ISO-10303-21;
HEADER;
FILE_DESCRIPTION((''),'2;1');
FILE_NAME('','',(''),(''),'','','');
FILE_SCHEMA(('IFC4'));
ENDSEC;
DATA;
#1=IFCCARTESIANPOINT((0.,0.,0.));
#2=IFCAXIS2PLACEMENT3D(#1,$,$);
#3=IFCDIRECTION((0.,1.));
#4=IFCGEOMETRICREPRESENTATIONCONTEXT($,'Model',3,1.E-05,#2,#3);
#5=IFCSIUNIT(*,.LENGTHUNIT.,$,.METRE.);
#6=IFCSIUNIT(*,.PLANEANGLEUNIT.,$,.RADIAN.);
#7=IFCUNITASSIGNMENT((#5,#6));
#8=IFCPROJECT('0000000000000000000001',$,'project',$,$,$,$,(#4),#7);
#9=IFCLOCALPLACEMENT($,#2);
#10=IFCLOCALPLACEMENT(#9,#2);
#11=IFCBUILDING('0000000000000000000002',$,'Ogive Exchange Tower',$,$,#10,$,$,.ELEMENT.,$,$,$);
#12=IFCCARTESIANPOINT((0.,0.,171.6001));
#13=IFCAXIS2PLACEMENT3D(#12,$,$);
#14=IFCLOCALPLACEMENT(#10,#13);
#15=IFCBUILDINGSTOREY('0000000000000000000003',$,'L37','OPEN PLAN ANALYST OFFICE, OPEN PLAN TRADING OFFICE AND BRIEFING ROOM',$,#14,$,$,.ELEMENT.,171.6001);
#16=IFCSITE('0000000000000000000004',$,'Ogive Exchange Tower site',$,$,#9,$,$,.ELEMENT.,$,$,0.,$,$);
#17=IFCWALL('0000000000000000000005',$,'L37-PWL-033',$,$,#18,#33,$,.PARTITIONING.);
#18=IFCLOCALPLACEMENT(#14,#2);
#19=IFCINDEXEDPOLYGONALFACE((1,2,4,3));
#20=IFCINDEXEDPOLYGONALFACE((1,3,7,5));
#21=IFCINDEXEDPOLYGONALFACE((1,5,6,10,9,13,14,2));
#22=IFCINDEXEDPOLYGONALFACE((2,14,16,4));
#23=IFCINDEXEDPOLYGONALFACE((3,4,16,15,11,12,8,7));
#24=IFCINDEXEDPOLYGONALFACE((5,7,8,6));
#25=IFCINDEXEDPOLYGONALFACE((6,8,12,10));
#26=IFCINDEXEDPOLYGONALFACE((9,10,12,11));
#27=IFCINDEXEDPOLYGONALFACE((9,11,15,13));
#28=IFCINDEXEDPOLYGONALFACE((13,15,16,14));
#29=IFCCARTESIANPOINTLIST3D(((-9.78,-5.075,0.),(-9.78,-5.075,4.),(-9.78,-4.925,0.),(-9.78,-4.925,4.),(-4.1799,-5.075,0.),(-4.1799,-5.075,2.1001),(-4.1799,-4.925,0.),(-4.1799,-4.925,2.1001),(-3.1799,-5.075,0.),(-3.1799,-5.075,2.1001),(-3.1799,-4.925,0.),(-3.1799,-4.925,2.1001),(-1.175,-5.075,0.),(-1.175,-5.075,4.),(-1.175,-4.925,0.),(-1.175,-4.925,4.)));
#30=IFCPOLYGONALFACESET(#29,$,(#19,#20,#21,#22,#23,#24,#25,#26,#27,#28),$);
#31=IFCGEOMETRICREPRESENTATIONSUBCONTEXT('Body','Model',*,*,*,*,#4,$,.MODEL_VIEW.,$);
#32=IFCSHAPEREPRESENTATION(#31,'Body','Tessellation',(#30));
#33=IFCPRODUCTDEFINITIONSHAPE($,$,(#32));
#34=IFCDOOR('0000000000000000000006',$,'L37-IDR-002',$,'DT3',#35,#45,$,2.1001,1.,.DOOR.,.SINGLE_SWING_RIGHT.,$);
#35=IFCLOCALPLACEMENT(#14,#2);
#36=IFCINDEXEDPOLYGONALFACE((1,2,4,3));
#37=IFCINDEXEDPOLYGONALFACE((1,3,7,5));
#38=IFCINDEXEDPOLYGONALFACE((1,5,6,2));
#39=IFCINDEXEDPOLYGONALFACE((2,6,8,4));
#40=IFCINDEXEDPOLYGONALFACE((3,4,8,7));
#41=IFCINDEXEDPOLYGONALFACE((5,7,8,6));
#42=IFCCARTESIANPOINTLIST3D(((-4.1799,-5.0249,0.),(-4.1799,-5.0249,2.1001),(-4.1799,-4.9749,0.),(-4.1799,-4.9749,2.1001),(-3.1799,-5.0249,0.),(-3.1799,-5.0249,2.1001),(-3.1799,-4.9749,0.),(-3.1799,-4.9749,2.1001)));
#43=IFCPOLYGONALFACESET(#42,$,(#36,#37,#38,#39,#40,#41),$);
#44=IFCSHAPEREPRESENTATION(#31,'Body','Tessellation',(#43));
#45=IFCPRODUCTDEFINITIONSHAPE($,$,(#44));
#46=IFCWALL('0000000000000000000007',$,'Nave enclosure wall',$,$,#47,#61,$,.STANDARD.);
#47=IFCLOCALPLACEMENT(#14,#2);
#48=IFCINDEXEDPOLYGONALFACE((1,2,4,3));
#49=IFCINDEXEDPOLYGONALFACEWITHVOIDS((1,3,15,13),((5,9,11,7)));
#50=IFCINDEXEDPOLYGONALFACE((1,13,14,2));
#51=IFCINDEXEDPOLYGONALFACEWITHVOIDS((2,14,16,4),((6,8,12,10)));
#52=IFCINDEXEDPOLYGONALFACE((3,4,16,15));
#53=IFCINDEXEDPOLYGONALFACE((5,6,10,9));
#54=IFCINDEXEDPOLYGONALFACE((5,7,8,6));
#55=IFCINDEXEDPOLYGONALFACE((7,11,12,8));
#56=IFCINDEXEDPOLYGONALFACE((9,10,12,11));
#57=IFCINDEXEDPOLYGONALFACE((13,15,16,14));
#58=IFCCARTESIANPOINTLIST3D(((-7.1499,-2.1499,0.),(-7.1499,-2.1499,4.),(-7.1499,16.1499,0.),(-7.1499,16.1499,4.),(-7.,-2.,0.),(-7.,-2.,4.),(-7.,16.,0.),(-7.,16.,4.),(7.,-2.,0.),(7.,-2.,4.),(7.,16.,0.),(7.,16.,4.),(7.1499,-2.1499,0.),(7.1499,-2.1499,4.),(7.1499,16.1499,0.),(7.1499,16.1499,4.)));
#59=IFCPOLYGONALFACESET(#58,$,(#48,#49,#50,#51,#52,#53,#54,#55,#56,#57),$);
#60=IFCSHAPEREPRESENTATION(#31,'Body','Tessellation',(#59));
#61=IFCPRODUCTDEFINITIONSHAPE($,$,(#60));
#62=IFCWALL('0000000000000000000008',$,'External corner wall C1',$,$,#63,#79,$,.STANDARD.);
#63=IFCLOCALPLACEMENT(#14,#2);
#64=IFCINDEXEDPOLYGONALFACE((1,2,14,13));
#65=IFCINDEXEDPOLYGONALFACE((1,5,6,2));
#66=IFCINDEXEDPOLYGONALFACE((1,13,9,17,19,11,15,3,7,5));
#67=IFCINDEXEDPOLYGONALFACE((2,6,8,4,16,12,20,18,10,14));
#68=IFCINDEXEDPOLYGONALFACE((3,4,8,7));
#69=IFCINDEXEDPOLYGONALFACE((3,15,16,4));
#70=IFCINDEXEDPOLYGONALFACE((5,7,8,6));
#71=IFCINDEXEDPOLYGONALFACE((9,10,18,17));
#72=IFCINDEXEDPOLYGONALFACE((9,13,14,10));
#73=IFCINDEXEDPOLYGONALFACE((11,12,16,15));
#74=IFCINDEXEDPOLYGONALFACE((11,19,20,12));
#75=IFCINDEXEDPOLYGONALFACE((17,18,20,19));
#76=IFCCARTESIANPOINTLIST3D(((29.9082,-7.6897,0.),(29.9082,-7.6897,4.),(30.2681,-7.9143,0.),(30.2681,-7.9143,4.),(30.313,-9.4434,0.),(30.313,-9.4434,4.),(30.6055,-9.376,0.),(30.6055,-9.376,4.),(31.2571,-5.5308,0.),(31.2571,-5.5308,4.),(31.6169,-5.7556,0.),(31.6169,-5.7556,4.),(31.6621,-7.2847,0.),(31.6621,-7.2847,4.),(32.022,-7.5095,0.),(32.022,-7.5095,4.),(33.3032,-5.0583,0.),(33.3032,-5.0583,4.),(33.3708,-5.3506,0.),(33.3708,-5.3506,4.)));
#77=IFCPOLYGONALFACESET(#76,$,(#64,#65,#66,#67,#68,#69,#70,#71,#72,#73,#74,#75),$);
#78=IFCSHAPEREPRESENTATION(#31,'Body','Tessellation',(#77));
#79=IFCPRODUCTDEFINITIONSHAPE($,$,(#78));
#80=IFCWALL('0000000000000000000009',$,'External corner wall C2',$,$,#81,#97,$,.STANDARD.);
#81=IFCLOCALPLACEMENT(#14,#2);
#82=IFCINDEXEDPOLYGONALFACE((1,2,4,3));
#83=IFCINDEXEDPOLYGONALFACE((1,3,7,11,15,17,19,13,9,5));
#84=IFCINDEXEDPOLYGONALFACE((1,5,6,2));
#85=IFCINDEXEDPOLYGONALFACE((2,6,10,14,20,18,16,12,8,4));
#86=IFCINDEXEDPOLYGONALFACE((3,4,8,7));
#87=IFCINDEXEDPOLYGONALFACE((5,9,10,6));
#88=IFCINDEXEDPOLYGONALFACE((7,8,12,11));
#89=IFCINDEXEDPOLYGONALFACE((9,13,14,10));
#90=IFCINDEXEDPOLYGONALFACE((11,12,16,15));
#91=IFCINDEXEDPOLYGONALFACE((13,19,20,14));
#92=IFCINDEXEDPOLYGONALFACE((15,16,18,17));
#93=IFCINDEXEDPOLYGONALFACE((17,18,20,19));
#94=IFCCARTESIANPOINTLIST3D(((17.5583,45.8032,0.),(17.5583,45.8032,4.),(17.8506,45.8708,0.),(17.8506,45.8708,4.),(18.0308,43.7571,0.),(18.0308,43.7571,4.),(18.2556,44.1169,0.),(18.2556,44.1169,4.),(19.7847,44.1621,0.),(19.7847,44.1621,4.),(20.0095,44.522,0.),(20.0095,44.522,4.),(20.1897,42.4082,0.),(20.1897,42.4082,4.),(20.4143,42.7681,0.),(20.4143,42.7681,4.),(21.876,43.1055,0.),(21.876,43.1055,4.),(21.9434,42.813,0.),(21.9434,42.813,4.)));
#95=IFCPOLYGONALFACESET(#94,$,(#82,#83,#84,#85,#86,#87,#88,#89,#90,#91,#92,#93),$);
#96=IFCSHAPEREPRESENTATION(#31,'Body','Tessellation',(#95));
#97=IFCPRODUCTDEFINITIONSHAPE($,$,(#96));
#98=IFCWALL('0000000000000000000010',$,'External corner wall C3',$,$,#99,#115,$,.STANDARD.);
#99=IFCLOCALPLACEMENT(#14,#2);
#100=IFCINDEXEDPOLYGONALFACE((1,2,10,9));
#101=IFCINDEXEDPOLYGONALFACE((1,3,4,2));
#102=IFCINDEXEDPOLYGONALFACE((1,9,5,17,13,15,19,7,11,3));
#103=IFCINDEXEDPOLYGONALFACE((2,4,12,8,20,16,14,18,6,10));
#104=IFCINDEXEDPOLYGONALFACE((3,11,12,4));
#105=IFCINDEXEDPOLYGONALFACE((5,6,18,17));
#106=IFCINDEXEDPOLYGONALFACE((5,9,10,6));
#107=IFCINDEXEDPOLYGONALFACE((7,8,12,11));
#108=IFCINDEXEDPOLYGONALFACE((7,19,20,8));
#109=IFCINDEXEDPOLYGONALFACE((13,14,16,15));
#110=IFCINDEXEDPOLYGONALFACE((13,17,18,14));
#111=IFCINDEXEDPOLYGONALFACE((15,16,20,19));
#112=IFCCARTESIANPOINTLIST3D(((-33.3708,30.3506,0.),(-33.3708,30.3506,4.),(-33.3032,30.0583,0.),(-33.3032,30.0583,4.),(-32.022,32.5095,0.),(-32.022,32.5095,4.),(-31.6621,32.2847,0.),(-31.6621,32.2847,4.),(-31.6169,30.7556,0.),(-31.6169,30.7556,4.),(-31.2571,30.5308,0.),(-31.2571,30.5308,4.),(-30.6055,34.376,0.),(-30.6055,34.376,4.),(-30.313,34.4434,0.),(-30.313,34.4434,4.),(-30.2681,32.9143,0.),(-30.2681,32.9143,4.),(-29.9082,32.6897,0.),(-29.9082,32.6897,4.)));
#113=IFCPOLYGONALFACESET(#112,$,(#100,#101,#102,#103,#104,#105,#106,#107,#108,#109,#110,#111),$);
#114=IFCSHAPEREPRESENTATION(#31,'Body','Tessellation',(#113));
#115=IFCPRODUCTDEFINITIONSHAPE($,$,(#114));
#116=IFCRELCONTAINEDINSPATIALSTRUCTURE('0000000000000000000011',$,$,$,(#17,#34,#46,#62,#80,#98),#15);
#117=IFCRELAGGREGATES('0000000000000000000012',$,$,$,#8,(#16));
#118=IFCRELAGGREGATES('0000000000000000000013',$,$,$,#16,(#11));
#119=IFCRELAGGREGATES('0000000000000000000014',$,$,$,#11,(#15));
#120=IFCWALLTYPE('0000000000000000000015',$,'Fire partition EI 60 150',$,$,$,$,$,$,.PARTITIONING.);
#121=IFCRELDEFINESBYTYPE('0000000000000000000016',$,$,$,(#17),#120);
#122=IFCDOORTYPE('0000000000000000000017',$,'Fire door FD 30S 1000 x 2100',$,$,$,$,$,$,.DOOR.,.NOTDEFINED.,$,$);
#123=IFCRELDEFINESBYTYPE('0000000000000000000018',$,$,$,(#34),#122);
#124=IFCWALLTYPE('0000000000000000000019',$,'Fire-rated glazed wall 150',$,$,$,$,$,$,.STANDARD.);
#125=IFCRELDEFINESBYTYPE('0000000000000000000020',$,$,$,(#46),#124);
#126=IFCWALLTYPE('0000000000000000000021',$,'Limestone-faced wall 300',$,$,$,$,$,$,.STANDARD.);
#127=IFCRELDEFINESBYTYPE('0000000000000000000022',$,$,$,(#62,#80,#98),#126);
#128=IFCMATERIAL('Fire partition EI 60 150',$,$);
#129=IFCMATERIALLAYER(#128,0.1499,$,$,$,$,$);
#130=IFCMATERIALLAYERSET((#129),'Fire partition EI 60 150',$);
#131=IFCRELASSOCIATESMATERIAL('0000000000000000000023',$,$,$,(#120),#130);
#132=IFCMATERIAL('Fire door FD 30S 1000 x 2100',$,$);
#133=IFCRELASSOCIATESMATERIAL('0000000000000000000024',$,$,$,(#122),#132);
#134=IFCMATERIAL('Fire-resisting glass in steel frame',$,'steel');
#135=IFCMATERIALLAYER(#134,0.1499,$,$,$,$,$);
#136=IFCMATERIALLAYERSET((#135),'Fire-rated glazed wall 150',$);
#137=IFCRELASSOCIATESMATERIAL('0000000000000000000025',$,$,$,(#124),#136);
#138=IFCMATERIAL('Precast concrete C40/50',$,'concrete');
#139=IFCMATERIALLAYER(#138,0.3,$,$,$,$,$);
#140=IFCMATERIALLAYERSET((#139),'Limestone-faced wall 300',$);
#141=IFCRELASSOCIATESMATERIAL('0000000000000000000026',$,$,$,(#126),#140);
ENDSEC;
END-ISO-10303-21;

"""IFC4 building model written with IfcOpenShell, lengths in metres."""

from ifc_helpers import new_model, si_unit, direction, frame, frame_2d, origin, place, context, subcontext, project, spatial, polyline, rectangle, outline, extrude, material, layer, layer_set, type_object, element, fill, save


model = new_model("IFC4")

# Units and contexts
model_context = context("Model", 3, precision=1e-05, world=origin(), true_north=direction((0.0, 1.0)))
body_context = subcontext(model_context, "Body", "Model", "MODEL_VIEW")
ifc_project = project(units=[si_unit("LENGTHUNIT", "METRE"), si_unit("PLANEANGLEUNIT", "RADIAN")], contexts=[model_context])

# Site, building, storey
site_placement = place(None, origin())
site = spatial("IfcSite", under=ifc_project, at=site_placement, Name="Ogive Exchange Tower site", CompositionType="ELEMENT", RefElevation=0.0)
building_placement = place(site_placement, origin())
building = spatial("IfcBuilding", under=site, at=building_placement, Name="Ogive Exchange Tower", CompositionType="ELEMENT")
storey_placement = place(building_placement, frame((0.0, 0.0, 171.6001)))
storey = spatial("IfcBuildingStorey", under=building, at=storey_placement, Name="L37", Description="OPEN PLAN ANALYST OFFICE, OPEN PLAN TRADING OFFICE AND BRIEFING ROOM", CompositionType="ELEMENT", Elevation=171.6001)

# Wall, opening, door
ifc_material_1 = material(Name="Fire partition EI 60 150")
ifc_layer_1 = layer(ifc_material_1, 0.1499)
ifc_layer_set_1 = layer_set([ifc_layer_1], Name="Fire partition EI 60 150")
wall_type_1 = type_object("IfcWallType", Name="Fire partition EI 60 150", PredefinedType="PARTITIONING", material=ifc_layer_set_1)
wall_1_placement = place(storey_placement, frame((-1.175, -5.0, 0.0), z_axis=(0.0, 0.0, 1.0), x_axis=(-1.0, 0.0, 0.0)))
wall_1 = element("IfcWall", 1, at=wall_1_placement, inside=storey, type_object=wall_type_1, Name="L37-PWL-033", PredefinedType="PARTITIONING", context=body_context, shape_type="SweptSolid", body=[
    extrude(rectangle(XDim=8.605, YDim=0.1499, at=frame_2d((4.3025, 0.0))), origin(), (0.0, 0.0, 1.0), 4.0),
])
opening_placement = place(wall_1_placement, frame((2.0049, 0.0, 0.0)))
opening = element("IfcOpeningElement", 2, at=opening_placement, cuts=wall_1, PredefinedType="OPENING", context=body_context, shape_type="SweptSolid", body=[
    extrude(rectangle(XDim=1.0, YDim=2.1001, at=frame_2d((0.5, 1.05))), frame((0.0, 0.085, 0.0), z_axis=(0.0, -1.0, 0.0), x_axis=(1.0, 0.0, 0.0)), (0.0, 0.0, 1.0), 0.1699),
])
ifc_material_2 = material(Name="Fire door FD 30S 1000 x 2100")
door_type = type_object("IfcDoorType", Name="Fire door FD 30S 1000 x 2100", OperationType="NOTDEFINED", PredefinedType="DOOR", material=ifc_material_2)
door_placement = place(opening_placement, origin())
door = element("IfcDoor", 3, at=door_placement, inside=storey, type_object=door_type, Name="L37-IDR-002", ObjectType="DT3", OperationType="SINGLE_SWING_RIGHT", OverallHeight=2.1001, OverallWidth=1.0, PredefinedType="DOOR", context=body_context, shape_type="SweptSolid", body=[
    extrude(rectangle(XDim=1.0, YDim=2.1001, at=frame_2d((0.5, 1.05))), frame((0.0, 0.0249, 0.0), z_axis=(0.0, -1.0, 0.0), x_axis=(1.0, 0.0, 0.0)), (0.0, 0.0, 1.0), 0.05),
])
fill(opening, door)

# Walls
ifc_material_3 = material(Name="Fire-resisting glass in steel frame", Category="steel")
ifc_layer_2 = layer(ifc_material_3, 0.1499)
ifc_layer_set_2 = layer_set([ifc_layer_2], Name="Fire-rated glazed wall 150")
wall_type_2 = type_object("IfcWallType", Name="Fire-rated glazed wall 150", PredefinedType="STANDARD", material=ifc_layer_set_2)
wall_2_placement = place(storey_placement, origin())
element("IfcWall", 4, at=wall_2_placement, inside=storey, type_object=wall_type_2, Name="Nave enclosure wall", PredefinedType="STANDARD", context=body_context, shape_type="SweptSolid", body=[
    extrude(outline(polyline([(-7.1499, -2.1499), (7.1499, -2.1499), (7.1499, 16.1499), (-7.1499, 16.1499), (-7.1499, -2.1499)]), holes=[polyline([(-7.0, -2.0), (-7.0, 16.0), (7.0, 16.0), (7.0, -2.0), (-7.0, -2.0)])]), origin(), (0.0, 0.0, 1.0), 4.0),
])
ifc_material_4 = material(Name="Precast concrete C40/50", Category="concrete")
ifc_layer_3 = layer(ifc_material_4, 0.3)
ifc_layer_set_3 = layer_set([ifc_layer_3], Name="Limestone-faced wall 300")
wall_type_3 = type_object("IfcWallType", Name="Limestone-faced wall 300", PredefinedType="STANDARD", material=ifc_layer_set_3)
wall_3_placement = place(storey_placement, origin())
element("IfcWall", 5, at=wall_3_placement, inside=storey, type_object=wall_type_3, Name="External corner wall C1", PredefinedType="STANDARD", context=body_context, shape_type="SweptSolid", body=[
    extrude(outline(polyline([(31.6621, -7.2847), (31.2571, -5.5308), (33.3032, -5.0583), (33.3708, -5.3506), (31.6169, -5.7556), (32.022, -7.5095), (30.2681, -7.9143), (30.6055, -9.376), (30.313, -9.4434), (29.9082, -7.6897), (31.6621, -7.2847)])), origin(), (0.0, 0.0, 1.0), 4.0),
])
wall_4_placement = place(storey_placement, origin())
element("IfcWall", 6, at=wall_4_placement, inside=storey, type_object=wall_type_3, Name="External corner wall C2", PredefinedType="STANDARD", context=body_context, shape_type="SweptSolid", body=[
    extrude(outline(polyline([(19.7847, 44.1621), (18.0308, 43.7571), (17.5583, 45.8032), (17.8506, 45.8708), (18.2556, 44.1169), (20.0095, 44.522), (20.4143, 42.7681), (21.876, 43.1055), (21.9434, 42.813), (20.1897, 42.4082), (19.7847, 44.1621)])), origin(), (0.0, 0.0, 1.0), 4.0),
])
wall_5_placement = place(storey_placement, origin())
element("IfcWall", 7, at=wall_5_placement, inside=storey, type_object=wall_type_3, Name="External corner wall C3", PredefinedType="STANDARD", context=body_context, shape_type="SweptSolid", body=[
    extrude(outline(polyline([(-31.6169, 30.7556), (-32.022, 32.5095), (-30.2681, 32.9143), (-30.6055, 34.376), (-30.313, 34.4434), (-29.9082, 32.6897), (-31.6621, 32.2847), (-31.2571, 30.5308), (-33.3032, 30.0583), (-33.3708, 30.3506), (-31.6169, 30.7556)])), origin(), (0.0, 0.0, 1.0), 4.0),
])

save(model, "model.ifc")
